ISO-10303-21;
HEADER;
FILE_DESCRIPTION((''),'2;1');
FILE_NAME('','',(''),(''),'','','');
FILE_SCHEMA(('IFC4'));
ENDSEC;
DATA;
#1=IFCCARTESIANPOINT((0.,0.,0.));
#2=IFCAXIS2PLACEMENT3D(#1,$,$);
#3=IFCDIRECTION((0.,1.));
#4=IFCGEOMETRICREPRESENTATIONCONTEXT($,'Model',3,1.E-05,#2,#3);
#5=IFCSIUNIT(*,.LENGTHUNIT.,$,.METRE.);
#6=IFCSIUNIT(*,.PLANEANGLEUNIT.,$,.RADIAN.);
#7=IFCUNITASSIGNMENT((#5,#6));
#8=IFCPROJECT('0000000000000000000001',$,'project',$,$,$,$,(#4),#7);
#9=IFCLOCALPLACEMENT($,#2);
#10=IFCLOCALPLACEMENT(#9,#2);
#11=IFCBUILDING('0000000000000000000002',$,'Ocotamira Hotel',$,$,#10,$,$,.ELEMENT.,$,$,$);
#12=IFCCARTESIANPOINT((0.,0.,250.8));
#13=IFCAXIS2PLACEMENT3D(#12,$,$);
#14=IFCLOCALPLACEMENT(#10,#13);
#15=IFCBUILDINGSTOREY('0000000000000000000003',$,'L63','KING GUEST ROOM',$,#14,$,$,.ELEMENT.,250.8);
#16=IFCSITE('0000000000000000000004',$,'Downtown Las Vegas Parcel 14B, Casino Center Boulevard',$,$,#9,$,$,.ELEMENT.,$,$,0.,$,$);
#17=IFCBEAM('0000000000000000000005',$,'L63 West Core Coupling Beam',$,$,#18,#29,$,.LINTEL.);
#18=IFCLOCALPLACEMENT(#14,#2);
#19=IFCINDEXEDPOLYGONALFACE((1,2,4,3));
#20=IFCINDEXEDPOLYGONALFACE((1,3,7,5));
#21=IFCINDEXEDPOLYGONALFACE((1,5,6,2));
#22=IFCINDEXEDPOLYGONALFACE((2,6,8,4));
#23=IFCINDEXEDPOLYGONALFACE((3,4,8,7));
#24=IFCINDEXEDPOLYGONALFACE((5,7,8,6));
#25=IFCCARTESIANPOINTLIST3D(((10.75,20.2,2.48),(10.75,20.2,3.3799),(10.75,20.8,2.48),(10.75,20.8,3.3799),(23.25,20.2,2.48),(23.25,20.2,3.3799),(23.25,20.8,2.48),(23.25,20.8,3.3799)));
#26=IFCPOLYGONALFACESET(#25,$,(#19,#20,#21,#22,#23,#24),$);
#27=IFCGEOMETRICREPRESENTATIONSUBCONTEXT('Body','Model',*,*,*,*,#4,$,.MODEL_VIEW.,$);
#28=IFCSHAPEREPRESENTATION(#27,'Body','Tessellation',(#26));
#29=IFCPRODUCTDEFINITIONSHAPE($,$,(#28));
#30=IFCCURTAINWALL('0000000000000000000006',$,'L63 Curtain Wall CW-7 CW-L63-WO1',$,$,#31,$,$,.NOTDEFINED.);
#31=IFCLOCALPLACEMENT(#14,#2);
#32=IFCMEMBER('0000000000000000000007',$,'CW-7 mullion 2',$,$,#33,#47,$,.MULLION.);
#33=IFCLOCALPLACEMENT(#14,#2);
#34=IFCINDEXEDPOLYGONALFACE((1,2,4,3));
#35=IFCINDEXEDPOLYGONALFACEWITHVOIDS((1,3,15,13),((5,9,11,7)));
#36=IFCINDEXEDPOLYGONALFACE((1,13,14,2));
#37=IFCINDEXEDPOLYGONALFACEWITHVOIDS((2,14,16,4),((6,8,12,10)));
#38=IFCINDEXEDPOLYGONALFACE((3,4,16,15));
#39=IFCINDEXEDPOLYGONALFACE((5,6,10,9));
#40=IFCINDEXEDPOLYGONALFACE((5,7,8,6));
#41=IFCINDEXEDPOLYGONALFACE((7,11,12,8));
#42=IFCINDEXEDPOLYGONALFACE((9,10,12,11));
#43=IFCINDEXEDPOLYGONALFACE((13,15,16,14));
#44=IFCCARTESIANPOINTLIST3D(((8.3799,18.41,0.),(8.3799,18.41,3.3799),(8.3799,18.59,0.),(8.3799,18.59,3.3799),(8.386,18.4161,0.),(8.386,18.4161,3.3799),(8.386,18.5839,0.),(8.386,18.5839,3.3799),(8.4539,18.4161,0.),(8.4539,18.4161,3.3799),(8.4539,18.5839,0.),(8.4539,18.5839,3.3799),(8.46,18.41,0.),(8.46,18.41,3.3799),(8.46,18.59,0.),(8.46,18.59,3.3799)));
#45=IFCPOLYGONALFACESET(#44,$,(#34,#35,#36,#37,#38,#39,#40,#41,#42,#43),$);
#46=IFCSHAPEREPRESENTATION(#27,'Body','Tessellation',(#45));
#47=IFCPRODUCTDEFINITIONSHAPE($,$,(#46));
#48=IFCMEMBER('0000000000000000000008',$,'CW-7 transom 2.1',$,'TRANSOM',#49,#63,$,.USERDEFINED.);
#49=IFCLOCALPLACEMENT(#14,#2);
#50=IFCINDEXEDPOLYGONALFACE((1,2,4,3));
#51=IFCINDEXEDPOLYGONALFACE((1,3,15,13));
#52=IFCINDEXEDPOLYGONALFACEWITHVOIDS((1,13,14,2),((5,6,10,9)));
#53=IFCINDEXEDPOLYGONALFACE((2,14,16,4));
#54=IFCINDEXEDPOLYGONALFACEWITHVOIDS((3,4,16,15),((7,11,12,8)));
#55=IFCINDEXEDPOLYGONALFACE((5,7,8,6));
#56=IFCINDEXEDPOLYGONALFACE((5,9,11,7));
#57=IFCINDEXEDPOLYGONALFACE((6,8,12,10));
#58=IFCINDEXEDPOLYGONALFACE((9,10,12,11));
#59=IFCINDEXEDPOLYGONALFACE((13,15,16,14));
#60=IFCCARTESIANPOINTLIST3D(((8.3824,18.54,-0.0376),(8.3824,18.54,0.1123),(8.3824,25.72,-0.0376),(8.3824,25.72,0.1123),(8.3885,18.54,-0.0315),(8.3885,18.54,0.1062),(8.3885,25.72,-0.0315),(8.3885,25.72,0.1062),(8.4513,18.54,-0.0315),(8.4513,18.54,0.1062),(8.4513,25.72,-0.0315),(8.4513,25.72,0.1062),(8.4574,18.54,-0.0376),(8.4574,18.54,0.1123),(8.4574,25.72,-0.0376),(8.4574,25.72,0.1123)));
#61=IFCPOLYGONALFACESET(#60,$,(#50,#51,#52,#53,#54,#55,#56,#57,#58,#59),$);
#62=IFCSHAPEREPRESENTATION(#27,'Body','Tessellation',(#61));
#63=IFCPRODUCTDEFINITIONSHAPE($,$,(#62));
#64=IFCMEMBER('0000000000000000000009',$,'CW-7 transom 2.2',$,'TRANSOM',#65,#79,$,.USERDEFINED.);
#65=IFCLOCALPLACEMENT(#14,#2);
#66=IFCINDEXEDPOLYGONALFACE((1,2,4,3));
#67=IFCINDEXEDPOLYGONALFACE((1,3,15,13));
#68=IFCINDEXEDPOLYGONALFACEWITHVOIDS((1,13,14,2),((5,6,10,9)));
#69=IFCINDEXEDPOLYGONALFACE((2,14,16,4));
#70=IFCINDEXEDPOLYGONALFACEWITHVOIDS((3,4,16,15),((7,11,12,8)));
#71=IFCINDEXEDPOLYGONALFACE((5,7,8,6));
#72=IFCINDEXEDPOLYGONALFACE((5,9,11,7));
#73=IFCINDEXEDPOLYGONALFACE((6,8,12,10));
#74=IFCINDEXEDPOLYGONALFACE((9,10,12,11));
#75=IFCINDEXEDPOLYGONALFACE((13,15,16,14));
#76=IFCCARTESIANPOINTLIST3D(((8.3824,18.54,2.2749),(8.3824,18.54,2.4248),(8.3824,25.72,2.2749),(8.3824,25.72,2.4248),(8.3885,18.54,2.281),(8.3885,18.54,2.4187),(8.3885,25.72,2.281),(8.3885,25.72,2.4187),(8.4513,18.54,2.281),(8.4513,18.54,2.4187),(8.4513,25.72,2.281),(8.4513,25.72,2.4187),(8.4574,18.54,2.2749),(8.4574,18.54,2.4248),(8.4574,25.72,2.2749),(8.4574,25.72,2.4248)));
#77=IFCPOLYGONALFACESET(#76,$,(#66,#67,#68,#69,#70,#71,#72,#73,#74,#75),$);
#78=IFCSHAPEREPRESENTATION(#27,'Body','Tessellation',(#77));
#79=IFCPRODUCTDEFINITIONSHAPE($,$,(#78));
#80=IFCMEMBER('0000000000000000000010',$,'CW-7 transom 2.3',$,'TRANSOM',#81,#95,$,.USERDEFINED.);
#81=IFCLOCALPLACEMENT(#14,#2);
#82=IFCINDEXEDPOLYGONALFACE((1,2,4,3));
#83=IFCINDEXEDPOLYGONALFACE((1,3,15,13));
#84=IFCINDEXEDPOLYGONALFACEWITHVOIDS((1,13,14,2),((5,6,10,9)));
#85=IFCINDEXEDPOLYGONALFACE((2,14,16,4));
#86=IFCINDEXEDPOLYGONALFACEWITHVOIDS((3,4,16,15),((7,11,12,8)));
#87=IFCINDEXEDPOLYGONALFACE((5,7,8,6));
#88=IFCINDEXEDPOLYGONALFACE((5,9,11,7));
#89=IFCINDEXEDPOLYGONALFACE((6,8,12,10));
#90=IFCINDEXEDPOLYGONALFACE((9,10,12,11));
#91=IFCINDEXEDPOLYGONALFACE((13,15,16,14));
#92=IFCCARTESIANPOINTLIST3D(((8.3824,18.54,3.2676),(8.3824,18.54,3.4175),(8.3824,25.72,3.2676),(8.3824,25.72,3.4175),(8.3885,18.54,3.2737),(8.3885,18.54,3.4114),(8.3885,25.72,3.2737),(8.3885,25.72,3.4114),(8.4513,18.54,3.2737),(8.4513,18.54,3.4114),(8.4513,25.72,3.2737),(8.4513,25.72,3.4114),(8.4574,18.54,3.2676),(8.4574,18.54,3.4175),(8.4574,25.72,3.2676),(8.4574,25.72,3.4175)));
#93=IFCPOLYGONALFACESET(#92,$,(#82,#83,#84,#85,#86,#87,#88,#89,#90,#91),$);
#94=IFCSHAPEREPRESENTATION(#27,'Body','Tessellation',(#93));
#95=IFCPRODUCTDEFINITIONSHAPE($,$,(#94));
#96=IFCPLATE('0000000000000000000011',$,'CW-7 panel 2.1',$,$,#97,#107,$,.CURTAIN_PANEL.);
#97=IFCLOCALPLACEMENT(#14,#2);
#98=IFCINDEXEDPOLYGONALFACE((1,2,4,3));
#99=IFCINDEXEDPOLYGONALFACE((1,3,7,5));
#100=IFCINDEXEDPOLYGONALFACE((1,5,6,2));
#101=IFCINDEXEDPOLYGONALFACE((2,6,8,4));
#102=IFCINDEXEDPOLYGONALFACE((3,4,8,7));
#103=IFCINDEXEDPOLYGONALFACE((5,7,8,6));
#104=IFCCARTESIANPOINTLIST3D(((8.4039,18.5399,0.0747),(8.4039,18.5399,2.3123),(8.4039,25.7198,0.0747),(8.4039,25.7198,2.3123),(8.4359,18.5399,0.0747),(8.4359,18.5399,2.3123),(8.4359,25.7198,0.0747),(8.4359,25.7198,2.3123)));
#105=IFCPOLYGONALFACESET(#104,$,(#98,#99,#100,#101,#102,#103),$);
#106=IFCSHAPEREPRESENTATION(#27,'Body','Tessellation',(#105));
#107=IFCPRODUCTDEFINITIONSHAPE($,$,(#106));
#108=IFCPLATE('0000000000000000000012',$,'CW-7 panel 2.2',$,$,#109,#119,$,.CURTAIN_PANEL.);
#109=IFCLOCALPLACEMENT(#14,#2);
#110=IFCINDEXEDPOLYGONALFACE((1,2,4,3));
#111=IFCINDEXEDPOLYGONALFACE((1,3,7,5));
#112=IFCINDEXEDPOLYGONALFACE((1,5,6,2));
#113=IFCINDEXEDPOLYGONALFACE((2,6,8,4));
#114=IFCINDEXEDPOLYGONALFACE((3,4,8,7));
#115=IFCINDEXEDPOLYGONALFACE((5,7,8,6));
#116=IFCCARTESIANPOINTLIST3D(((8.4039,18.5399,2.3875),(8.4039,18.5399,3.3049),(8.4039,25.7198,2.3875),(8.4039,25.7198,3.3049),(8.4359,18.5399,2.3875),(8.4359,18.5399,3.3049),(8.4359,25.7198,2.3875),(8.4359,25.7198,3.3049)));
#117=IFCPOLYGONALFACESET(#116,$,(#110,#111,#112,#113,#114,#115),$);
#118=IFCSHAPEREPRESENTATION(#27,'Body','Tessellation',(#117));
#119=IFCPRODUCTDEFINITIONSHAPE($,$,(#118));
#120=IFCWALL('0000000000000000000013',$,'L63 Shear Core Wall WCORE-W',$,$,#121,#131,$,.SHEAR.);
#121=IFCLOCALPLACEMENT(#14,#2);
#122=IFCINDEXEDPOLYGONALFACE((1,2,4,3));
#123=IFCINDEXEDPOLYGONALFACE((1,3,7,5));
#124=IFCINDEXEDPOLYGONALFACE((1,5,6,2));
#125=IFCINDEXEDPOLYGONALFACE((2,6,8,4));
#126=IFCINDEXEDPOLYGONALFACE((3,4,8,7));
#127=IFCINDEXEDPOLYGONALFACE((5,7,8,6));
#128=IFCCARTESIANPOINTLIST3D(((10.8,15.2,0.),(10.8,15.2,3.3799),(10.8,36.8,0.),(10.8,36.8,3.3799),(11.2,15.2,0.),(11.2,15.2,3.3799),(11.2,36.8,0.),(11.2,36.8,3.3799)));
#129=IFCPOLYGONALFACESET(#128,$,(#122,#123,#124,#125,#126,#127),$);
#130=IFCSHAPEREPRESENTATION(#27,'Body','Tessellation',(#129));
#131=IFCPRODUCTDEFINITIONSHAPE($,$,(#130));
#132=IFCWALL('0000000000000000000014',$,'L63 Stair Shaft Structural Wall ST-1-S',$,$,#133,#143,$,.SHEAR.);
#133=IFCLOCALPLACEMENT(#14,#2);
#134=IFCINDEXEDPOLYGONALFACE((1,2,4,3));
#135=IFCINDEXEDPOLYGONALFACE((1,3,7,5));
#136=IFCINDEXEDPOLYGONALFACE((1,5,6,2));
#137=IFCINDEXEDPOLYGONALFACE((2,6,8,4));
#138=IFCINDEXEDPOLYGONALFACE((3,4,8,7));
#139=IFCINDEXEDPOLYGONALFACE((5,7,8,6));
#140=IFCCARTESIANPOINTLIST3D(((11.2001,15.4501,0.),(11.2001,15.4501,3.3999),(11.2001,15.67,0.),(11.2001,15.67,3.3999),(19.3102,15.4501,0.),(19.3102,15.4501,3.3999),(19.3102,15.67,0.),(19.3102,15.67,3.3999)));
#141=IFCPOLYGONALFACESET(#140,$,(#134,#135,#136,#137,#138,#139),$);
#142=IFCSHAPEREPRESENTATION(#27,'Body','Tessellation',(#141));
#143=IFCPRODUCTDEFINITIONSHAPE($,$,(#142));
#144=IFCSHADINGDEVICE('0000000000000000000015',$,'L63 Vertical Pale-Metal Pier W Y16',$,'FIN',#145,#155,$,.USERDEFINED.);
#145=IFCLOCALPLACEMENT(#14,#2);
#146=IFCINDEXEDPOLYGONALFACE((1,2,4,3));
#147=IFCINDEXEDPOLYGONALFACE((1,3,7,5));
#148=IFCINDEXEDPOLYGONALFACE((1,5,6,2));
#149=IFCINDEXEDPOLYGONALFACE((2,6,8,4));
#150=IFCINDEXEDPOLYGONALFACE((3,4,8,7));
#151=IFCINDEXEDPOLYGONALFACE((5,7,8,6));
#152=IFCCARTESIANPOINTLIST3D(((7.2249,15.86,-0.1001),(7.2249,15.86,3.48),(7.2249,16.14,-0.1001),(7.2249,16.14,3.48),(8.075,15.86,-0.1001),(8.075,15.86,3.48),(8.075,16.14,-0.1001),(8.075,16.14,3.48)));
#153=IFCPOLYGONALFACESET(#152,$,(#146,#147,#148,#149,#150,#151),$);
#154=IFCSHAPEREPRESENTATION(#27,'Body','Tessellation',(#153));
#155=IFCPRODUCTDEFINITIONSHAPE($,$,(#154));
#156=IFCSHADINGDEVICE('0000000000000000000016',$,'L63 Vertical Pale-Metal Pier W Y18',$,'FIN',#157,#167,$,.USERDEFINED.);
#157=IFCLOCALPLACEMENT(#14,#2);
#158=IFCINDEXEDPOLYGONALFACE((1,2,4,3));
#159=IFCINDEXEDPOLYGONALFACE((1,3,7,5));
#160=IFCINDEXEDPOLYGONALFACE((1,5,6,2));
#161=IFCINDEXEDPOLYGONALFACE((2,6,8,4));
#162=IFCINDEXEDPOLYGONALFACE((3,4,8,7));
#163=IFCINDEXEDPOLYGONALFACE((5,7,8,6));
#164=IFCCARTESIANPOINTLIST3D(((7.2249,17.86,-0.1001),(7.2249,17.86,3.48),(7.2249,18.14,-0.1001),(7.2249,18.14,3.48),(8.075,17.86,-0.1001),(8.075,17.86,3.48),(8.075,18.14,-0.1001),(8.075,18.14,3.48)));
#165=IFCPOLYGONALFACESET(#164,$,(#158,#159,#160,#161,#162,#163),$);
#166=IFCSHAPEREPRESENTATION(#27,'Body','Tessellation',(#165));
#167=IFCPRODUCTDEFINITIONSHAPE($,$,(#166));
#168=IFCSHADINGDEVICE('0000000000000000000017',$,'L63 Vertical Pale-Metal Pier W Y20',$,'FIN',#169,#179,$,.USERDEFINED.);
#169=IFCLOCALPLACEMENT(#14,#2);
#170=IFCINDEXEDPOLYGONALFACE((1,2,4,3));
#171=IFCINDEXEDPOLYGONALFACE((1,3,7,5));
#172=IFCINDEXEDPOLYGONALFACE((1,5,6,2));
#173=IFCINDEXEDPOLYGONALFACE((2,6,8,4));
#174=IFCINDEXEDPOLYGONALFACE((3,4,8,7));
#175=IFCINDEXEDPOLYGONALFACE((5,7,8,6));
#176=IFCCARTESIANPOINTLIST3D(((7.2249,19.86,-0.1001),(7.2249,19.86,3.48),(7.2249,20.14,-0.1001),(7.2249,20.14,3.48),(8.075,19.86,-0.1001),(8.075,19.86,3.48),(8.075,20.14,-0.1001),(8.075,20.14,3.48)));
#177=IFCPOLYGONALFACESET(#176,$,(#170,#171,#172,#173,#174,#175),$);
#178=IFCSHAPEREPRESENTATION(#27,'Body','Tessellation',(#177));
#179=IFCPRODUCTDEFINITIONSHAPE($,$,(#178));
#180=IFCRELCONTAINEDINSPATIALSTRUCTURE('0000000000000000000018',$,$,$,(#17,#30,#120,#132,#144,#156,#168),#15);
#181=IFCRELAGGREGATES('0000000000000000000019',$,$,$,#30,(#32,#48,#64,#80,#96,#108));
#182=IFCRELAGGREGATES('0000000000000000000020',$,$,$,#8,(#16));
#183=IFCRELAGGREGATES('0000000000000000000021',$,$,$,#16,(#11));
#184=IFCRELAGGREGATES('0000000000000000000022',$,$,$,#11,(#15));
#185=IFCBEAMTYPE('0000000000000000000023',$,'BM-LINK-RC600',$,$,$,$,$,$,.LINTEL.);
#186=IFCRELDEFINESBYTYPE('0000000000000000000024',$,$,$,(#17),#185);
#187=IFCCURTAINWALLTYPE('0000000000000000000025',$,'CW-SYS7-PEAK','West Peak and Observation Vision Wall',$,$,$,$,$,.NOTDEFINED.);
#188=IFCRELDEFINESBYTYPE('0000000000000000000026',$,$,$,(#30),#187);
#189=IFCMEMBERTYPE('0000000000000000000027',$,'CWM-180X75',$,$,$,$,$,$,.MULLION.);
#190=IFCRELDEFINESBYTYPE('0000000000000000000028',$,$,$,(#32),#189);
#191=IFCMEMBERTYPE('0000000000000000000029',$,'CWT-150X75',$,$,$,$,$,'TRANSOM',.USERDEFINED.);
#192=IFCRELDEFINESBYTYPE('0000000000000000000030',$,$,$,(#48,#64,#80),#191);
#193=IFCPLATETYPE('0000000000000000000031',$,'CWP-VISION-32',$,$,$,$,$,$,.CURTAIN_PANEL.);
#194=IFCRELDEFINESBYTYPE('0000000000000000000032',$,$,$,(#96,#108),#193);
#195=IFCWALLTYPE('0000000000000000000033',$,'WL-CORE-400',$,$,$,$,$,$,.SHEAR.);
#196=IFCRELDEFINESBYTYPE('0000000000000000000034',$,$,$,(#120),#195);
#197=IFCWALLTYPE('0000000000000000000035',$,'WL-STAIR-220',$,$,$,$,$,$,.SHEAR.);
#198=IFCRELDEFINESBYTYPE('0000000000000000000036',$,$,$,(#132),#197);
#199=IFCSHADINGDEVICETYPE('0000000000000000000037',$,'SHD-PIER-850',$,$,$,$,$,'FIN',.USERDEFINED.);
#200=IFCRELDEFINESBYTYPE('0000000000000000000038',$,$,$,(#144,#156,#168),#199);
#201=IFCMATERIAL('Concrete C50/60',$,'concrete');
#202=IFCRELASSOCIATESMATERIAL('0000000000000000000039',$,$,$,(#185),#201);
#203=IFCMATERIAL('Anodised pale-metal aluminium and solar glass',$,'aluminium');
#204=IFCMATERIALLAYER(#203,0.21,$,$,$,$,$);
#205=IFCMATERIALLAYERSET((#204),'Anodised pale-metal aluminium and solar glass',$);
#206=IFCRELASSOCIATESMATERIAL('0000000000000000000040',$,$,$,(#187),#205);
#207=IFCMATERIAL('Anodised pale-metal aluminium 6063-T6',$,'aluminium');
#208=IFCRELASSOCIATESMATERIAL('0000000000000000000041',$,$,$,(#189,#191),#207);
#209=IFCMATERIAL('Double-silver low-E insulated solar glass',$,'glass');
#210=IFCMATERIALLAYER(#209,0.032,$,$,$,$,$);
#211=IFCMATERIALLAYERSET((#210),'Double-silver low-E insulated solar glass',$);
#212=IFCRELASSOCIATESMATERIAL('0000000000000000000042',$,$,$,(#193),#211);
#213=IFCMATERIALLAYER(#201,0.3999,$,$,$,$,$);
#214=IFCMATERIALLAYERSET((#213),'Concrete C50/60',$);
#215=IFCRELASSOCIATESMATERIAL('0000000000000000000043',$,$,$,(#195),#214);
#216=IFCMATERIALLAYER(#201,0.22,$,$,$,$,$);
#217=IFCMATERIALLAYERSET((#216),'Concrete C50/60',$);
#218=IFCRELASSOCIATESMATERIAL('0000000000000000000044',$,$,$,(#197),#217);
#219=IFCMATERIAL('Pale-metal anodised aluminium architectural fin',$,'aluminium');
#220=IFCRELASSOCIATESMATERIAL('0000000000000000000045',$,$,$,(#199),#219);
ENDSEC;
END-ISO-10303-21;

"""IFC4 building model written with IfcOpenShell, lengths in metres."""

from ifc_helpers import new_model, si_unit, direction, frame, frame_2d, origin, origin_2d, place, context, subcontext, project, spatial, rectangle, hollow_rectangle, extrude, source, transform, mapped, material, layer, layer_set, material_profile, profile_set, type_object, element, aggregate, save


model = new_model("IFC4")

# Units and contexts
model_context = context("Model", 3, precision=1e-05, world=origin(), true_north=direction((0.0, 1.0)))
body_context = subcontext(model_context, "Body", "Model", "MODEL_VIEW")
ifc_project = project(units=[si_unit("LENGTHUNIT", "METRE"), si_unit("PLANEANGLEUNIT", "RADIAN")], contexts=[model_context])

# Site, building, storey
site_placement = place(None, origin())
site = spatial("IfcSite", under=ifc_project, at=site_placement, Name="Downtown Las Vegas Parcel 14B, Casino Center Boulevard", CompositionType="ELEMENT", RefElevation=0.0)
building_placement = place(site_placement, origin())
building = spatial("IfcBuilding", under=site, at=building_placement, Name="Ocotamira Hotel", CompositionType="ELEMENT")
storey_placement = place(building_placement, frame((0.0, 0.0, 250.8)))
storey = spatial("IfcBuildingStorey", under=building, at=storey_placement, Name="L63", Description="KING GUEST ROOM", CompositionType="ELEMENT", Elevation=250.8)

# Beam
ifc_material_1 = material(Name="Concrete C50/60", Category="concrete")
ifc_material_profile_1 = material_profile(ifc_material_1, rectangle(XDim=0.6001, YDim=0.8999, at=origin_2d()), Name="RC600X900")
ifc_profile_set_1 = profile_set([ifc_material_profile_1], Name="Concrete C50/60")
beam_type = type_object("IfcBeamType", Name="BM-LINK-RC600", PredefinedType="LINTEL", material=ifc_profile_set_1)
shared_shape_1 = source(origin(), body_context, "Body", "SweptSolid", [
    extrude(rectangle(XDim=0.6001, YDim=0.8999, at=origin_2d()), origin(), (0.0, 0.0, 1.0), 12.5),
])
beam_placement = place(storey_placement, frame((10.75, 20.5, 2.9299), z_axis=(1.0, 0.0, 0.0), x_axis=(0.0, 1.0, 0.0)))
element("IfcBeam", 1, at=beam_placement, inside=storey, type_object=beam_type, Name="L63 West Core Coupling Beam", PredefinedType="LINTEL", context=body_context, shape_type="MappedRepresentation", body=[
    mapped(shared_shape_1, transform((0.0, 0.0, 0.0), scale=1.0)),
])

# Curtain wall, members, plates
ifc_material_2 = material(Name="Anodised pale-metal aluminium and solar glass", Category="aluminium")
ifc_layer_1 = layer(ifc_material_2, 0.21)
ifc_layer_set_1 = layer_set([ifc_layer_1], Name="Anodised pale-metal aluminium and solar glass")
curtain_wall_type = type_object("IfcCurtainWallType", Name="CW-SYS7-PEAK", Description="West Peak and Observation Vision Wall", PredefinedType="NOTDEFINED", material=ifc_layer_set_1)
curtain_wall_placement = place(storey_placement, origin())
curtain_wall = element("IfcCurtainWall", 2, at=curtain_wall_placement, inside=storey, type_object=curtain_wall_type, Name="L63 Curtain Wall CW-7 CW-L63-WO1", PredefinedType="NOTDEFINED")
ifc_material_3 = material(Name="Anodised pale-metal aluminium 6063-T6", Category="aluminium")
ifc_material_profile_2 = material_profile(ifc_material_3, hollow_rectangle(XDim=0.0801, YDim=0.1799, WallThickness=0.0061, at=origin_2d()), Name="HSS180X80X6")
ifc_profile_set_2 = profile_set([ifc_material_profile_2], Name="Anodised pale-metal aluminium 6063-T6")
member_type_1 = type_object("IfcMemberType", Name="CWM-180X75", PredefinedType="MULLION", material=ifc_profile_set_2)
shared_shape_2 = source(origin(), body_context, "Body", "SweptSolid", [
    extrude(hollow_rectangle(XDim=0.0801, YDim=0.1799, WallThickness=0.0061, at=origin_2d()), origin(), (0.0, 0.0, 1.0), 3.3799),
])
member_1_placement = place(storey_placement, frame((8.4199, 18.5, 0.0), z_axis=(0.0, 0.0, 1.0), x_axis=(-1.0, 0.0, 0.0)))
member_1 = element("IfcMember", 3, at=member_1_placement, type_object=member_type_1, Name="CW-7 mullion 2", PredefinedType="MULLION", context=body_context, shape_type="MappedRepresentation", body=[
    mapped(shared_shape_2, transform((0.0, 0.0, 0.0), scale=1.0)),
])
ifc_material_profile_3 = material_profile(ifc_material_3, hollow_rectangle(XDim=0.075, YDim=0.1499, WallThickness=0.0061, at=origin_2d()), Name="HSS150X75X6")
ifc_profile_set_3 = profile_set([ifc_material_profile_3], Name="Anodised pale-metal aluminium 6063-T6")
member_type_2 = type_object("IfcMemberType", Name="CWT-150X75", ElementType="TRANSOM", PredefinedType="USERDEFINED", material=ifc_profile_set_3)
shared_shape_3 = source(origin(), body_context, "Body", "SweptSolid", [
    extrude(hollow_rectangle(XDim=0.075, YDim=0.1499, WallThickness=0.0061, at=origin_2d()), origin(), (0.0, 0.0, 1.0), 7.1799),
])
member_2_placement = place(storey_placement, frame((8.4199, 18.54, 0.0374), z_axis=(0.0, 1.0, 0.0), x_axis=(-1.0, 0.0, 0.0)))
member_2 = element("IfcMember", 4, at=member_2_placement, type_object=member_type_2, Name="CW-7 transom 2.1", ObjectType="TRANSOM", PredefinedType="USERDEFINED", context=body_context, shape_type="MappedRepresentation", body=[
    mapped(shared_shape_3, transform((0.0, 0.0, 0.0), scale=1.0)),
])
member_3_placement = place(storey_placement, frame((8.4199, 18.54, 2.3499), z_axis=(0.0, 1.0, 0.0), x_axis=(-1.0, 0.0, 0.0)))
member_3 = element("IfcMember", 5, at=member_3_placement, type_object=member_type_2, Name="CW-7 transom 2.2", ObjectType="TRANSOM", PredefinedType="USERDEFINED", context=body_context, shape_type="MappedRepresentation", body=[
    mapped(shared_shape_3, transform((0.0, 0.0, 0.0), scale=1.0)),
])
member_4_placement = place(storey_placement, frame((8.4199, 18.54, 3.3425), z_axis=(0.0, 1.0, 0.0), x_axis=(-1.0, 0.0, 0.0)))
member_4 = element("IfcMember", 6, at=member_4_placement, type_object=member_type_2, Name="CW-7 transom 2.3", ObjectType="TRANSOM", PredefinedType="USERDEFINED", context=body_context, shape_type="MappedRepresentation", body=[
    mapped(shared_shape_3, transform((0.0, 0.0, 0.0), scale=1.0)),
])
ifc_material_4 = material(Name="Double-silver low-E insulated solar glass", Category="glass")
ifc_layer_2 = layer(ifc_material_4, 0.032)
ifc_layer_set_2 = layer_set([ifc_layer_2], Name="Double-silver low-E insulated solar glass")
plate_type = type_object("IfcPlateType", Name="CWP-VISION-32", PredefinedType="CURTAIN_PANEL", material=ifc_layer_set_2)
shared_shape_4 = source(origin(), body_context, "Body", "SweptSolid", [
    extrude(rectangle(XDim=7.1799, YDim=0.032, at=origin_2d()), origin(), (0.0, 0.0, 1.0), 2.2375),
])
plate_1_placement = place(storey_placement, frame((8.4199, 22.1299, 0.0747), z_axis=(0.0, 0.0, 1.0), x_axis=(0.0, 1.0, 0.0)))
plate_1 = element("IfcPlate", 7, at=plate_1_placement, type_object=plate_type, Name="CW-7 panel 2.1", PredefinedType="CURTAIN_PANEL", context=body_context, shape_type="MappedRepresentation", body=[
    mapped(shared_shape_4, transform((0.0, 0.0, 0.0), scale=1.0)),
])
shared_shape_5 = source(origin(), body_context, "Body", "SweptSolid", [
    extrude(rectangle(XDim=7.1799, YDim=0.032, at=origin_2d()), origin(), (0.0, 0.0, 1.0), 0.9175),
])
plate_2_placement = place(storey_placement, frame((8.4199, 22.1299, 2.3875), z_axis=(0.0, 0.0, 1.0), x_axis=(0.0, 1.0, 0.0)))
plate_2 = element("IfcPlate", 8, at=plate_2_placement, type_object=plate_type, Name="CW-7 panel 2.2", PredefinedType="CURTAIN_PANEL", context=body_context, shape_type="MappedRepresentation", body=[
    mapped(shared_shape_5, transform((0.0, 0.0, 0.0), scale=1.0)),
])
aggregate(curtain_wall, [member_1, member_2, member_3, member_4, plate_1, plate_2])

# Wall
ifc_layer_3 = layer(ifc_material_1, 0.3999)
ifc_layer_set_3 = layer_set([ifc_layer_3], Name="Concrete C50/60")
wall_type_1 = type_object("IfcWallType", Name="WL-CORE-400", PredefinedType="SHEAR", material=ifc_layer_set_3)
wall_1_placement = place(storey_placement, frame((11.0, 15.2, 0.0), z_axis=(0.0, 0.0, 1.0), x_axis=(0.0, 1.0, 0.0)))
element("IfcWall", 9, at=wall_1_placement, inside=storey, type_object=wall_type_1, Name="L63 Shear Core Wall WCORE-W", PredefinedType="SHEAR", context=body_context, shape_type="SweptSolid", body=[
    extrude(rectangle(XDim=21.6001, YDim=0.3999, at=frame_2d((10.8, 0.0))), origin(), (0.0, 0.0, 1.0), 3.3799),
])

# Wall
ifc_layer_4 = layer(ifc_material_1, 0.22)
ifc_layer_set_4 = layer_set([ifc_layer_4], Name="Concrete C50/60")
wall_type_2 = type_object("IfcWallType", Name="WL-STAIR-220", PredefinedType="SHEAR", material=ifc_layer_set_4)
wall_2_placement = place(storey_placement, frame((11.2, 15.5601, 0.0), z_axis=(0.0, 0.0, 1.0), x_axis=(1.0, 0.0, 0.0)))
element("IfcWall", 10, at=wall_2_placement, inside=storey, type_object=wall_type_2, Name="L63 Stair Shaft Structural Wall ST-1-S", PredefinedType="SHEAR", context=body_context, shape_type="SweptSolid", body=[
    extrude(rectangle(XDim=8.1101, YDim=0.22, at=frame_2d((4.0552, 0.0))), origin(), (0.0, 0.0, 1.0), 3.3999),
])

# Shading devices
ifc_material_5 = material(Name="Pale-metal anodised aluminium architectural fin", Category="aluminium")
shading_device_type = type_object("IfcShadingDeviceType", Name="SHD-PIER-850", ElementType="FIN", PredefinedType="USERDEFINED", material=ifc_material_5)
shared_shape_6 = source(origin(), body_context, "Body", "SweptSolid", [
    extrude(rectangle(XDim=0.8501, YDim=0.28, at=origin_2d()), origin(), (0.0, 0.0, 1.0), 3.5801),
])
for number, where, z_axis, x_axis, name in (
    (11, (7.6499, 16.0, -0.1001), (0.0, 0.0, 1.0), (1.0, 0.0, 0.0), "L63 Vertical Pale-Metal Pier W Y16"),
    (12, (7.6499, 18.0, -0.1001), (0.0, 0.0, 1.0), (1.0, 0.0, 0.0), "L63 Vertical Pale-Metal Pier W Y18"),
    (13, (7.6499, 20.0, -0.1001), (0.0, 0.0, 1.0), (1.0, 0.0, 0.0), "L63 Vertical Pale-Metal Pier W Y20"),
):
    element("IfcShadingDevice", number, at=place(storey_placement, frame(where, z_axis=z_axis, x_axis=x_axis)), inside=storey, type_object=shading_device_type, Name=name, ObjectType="FIN", PredefinedType="USERDEFINED", context=body_context, shape_type="MappedRepresentation", body=[
        mapped(shared_shape_6, transform((0.0, 0.0, 0.0), scale=1.0)),
    ])

save(model, "model.ifc")
